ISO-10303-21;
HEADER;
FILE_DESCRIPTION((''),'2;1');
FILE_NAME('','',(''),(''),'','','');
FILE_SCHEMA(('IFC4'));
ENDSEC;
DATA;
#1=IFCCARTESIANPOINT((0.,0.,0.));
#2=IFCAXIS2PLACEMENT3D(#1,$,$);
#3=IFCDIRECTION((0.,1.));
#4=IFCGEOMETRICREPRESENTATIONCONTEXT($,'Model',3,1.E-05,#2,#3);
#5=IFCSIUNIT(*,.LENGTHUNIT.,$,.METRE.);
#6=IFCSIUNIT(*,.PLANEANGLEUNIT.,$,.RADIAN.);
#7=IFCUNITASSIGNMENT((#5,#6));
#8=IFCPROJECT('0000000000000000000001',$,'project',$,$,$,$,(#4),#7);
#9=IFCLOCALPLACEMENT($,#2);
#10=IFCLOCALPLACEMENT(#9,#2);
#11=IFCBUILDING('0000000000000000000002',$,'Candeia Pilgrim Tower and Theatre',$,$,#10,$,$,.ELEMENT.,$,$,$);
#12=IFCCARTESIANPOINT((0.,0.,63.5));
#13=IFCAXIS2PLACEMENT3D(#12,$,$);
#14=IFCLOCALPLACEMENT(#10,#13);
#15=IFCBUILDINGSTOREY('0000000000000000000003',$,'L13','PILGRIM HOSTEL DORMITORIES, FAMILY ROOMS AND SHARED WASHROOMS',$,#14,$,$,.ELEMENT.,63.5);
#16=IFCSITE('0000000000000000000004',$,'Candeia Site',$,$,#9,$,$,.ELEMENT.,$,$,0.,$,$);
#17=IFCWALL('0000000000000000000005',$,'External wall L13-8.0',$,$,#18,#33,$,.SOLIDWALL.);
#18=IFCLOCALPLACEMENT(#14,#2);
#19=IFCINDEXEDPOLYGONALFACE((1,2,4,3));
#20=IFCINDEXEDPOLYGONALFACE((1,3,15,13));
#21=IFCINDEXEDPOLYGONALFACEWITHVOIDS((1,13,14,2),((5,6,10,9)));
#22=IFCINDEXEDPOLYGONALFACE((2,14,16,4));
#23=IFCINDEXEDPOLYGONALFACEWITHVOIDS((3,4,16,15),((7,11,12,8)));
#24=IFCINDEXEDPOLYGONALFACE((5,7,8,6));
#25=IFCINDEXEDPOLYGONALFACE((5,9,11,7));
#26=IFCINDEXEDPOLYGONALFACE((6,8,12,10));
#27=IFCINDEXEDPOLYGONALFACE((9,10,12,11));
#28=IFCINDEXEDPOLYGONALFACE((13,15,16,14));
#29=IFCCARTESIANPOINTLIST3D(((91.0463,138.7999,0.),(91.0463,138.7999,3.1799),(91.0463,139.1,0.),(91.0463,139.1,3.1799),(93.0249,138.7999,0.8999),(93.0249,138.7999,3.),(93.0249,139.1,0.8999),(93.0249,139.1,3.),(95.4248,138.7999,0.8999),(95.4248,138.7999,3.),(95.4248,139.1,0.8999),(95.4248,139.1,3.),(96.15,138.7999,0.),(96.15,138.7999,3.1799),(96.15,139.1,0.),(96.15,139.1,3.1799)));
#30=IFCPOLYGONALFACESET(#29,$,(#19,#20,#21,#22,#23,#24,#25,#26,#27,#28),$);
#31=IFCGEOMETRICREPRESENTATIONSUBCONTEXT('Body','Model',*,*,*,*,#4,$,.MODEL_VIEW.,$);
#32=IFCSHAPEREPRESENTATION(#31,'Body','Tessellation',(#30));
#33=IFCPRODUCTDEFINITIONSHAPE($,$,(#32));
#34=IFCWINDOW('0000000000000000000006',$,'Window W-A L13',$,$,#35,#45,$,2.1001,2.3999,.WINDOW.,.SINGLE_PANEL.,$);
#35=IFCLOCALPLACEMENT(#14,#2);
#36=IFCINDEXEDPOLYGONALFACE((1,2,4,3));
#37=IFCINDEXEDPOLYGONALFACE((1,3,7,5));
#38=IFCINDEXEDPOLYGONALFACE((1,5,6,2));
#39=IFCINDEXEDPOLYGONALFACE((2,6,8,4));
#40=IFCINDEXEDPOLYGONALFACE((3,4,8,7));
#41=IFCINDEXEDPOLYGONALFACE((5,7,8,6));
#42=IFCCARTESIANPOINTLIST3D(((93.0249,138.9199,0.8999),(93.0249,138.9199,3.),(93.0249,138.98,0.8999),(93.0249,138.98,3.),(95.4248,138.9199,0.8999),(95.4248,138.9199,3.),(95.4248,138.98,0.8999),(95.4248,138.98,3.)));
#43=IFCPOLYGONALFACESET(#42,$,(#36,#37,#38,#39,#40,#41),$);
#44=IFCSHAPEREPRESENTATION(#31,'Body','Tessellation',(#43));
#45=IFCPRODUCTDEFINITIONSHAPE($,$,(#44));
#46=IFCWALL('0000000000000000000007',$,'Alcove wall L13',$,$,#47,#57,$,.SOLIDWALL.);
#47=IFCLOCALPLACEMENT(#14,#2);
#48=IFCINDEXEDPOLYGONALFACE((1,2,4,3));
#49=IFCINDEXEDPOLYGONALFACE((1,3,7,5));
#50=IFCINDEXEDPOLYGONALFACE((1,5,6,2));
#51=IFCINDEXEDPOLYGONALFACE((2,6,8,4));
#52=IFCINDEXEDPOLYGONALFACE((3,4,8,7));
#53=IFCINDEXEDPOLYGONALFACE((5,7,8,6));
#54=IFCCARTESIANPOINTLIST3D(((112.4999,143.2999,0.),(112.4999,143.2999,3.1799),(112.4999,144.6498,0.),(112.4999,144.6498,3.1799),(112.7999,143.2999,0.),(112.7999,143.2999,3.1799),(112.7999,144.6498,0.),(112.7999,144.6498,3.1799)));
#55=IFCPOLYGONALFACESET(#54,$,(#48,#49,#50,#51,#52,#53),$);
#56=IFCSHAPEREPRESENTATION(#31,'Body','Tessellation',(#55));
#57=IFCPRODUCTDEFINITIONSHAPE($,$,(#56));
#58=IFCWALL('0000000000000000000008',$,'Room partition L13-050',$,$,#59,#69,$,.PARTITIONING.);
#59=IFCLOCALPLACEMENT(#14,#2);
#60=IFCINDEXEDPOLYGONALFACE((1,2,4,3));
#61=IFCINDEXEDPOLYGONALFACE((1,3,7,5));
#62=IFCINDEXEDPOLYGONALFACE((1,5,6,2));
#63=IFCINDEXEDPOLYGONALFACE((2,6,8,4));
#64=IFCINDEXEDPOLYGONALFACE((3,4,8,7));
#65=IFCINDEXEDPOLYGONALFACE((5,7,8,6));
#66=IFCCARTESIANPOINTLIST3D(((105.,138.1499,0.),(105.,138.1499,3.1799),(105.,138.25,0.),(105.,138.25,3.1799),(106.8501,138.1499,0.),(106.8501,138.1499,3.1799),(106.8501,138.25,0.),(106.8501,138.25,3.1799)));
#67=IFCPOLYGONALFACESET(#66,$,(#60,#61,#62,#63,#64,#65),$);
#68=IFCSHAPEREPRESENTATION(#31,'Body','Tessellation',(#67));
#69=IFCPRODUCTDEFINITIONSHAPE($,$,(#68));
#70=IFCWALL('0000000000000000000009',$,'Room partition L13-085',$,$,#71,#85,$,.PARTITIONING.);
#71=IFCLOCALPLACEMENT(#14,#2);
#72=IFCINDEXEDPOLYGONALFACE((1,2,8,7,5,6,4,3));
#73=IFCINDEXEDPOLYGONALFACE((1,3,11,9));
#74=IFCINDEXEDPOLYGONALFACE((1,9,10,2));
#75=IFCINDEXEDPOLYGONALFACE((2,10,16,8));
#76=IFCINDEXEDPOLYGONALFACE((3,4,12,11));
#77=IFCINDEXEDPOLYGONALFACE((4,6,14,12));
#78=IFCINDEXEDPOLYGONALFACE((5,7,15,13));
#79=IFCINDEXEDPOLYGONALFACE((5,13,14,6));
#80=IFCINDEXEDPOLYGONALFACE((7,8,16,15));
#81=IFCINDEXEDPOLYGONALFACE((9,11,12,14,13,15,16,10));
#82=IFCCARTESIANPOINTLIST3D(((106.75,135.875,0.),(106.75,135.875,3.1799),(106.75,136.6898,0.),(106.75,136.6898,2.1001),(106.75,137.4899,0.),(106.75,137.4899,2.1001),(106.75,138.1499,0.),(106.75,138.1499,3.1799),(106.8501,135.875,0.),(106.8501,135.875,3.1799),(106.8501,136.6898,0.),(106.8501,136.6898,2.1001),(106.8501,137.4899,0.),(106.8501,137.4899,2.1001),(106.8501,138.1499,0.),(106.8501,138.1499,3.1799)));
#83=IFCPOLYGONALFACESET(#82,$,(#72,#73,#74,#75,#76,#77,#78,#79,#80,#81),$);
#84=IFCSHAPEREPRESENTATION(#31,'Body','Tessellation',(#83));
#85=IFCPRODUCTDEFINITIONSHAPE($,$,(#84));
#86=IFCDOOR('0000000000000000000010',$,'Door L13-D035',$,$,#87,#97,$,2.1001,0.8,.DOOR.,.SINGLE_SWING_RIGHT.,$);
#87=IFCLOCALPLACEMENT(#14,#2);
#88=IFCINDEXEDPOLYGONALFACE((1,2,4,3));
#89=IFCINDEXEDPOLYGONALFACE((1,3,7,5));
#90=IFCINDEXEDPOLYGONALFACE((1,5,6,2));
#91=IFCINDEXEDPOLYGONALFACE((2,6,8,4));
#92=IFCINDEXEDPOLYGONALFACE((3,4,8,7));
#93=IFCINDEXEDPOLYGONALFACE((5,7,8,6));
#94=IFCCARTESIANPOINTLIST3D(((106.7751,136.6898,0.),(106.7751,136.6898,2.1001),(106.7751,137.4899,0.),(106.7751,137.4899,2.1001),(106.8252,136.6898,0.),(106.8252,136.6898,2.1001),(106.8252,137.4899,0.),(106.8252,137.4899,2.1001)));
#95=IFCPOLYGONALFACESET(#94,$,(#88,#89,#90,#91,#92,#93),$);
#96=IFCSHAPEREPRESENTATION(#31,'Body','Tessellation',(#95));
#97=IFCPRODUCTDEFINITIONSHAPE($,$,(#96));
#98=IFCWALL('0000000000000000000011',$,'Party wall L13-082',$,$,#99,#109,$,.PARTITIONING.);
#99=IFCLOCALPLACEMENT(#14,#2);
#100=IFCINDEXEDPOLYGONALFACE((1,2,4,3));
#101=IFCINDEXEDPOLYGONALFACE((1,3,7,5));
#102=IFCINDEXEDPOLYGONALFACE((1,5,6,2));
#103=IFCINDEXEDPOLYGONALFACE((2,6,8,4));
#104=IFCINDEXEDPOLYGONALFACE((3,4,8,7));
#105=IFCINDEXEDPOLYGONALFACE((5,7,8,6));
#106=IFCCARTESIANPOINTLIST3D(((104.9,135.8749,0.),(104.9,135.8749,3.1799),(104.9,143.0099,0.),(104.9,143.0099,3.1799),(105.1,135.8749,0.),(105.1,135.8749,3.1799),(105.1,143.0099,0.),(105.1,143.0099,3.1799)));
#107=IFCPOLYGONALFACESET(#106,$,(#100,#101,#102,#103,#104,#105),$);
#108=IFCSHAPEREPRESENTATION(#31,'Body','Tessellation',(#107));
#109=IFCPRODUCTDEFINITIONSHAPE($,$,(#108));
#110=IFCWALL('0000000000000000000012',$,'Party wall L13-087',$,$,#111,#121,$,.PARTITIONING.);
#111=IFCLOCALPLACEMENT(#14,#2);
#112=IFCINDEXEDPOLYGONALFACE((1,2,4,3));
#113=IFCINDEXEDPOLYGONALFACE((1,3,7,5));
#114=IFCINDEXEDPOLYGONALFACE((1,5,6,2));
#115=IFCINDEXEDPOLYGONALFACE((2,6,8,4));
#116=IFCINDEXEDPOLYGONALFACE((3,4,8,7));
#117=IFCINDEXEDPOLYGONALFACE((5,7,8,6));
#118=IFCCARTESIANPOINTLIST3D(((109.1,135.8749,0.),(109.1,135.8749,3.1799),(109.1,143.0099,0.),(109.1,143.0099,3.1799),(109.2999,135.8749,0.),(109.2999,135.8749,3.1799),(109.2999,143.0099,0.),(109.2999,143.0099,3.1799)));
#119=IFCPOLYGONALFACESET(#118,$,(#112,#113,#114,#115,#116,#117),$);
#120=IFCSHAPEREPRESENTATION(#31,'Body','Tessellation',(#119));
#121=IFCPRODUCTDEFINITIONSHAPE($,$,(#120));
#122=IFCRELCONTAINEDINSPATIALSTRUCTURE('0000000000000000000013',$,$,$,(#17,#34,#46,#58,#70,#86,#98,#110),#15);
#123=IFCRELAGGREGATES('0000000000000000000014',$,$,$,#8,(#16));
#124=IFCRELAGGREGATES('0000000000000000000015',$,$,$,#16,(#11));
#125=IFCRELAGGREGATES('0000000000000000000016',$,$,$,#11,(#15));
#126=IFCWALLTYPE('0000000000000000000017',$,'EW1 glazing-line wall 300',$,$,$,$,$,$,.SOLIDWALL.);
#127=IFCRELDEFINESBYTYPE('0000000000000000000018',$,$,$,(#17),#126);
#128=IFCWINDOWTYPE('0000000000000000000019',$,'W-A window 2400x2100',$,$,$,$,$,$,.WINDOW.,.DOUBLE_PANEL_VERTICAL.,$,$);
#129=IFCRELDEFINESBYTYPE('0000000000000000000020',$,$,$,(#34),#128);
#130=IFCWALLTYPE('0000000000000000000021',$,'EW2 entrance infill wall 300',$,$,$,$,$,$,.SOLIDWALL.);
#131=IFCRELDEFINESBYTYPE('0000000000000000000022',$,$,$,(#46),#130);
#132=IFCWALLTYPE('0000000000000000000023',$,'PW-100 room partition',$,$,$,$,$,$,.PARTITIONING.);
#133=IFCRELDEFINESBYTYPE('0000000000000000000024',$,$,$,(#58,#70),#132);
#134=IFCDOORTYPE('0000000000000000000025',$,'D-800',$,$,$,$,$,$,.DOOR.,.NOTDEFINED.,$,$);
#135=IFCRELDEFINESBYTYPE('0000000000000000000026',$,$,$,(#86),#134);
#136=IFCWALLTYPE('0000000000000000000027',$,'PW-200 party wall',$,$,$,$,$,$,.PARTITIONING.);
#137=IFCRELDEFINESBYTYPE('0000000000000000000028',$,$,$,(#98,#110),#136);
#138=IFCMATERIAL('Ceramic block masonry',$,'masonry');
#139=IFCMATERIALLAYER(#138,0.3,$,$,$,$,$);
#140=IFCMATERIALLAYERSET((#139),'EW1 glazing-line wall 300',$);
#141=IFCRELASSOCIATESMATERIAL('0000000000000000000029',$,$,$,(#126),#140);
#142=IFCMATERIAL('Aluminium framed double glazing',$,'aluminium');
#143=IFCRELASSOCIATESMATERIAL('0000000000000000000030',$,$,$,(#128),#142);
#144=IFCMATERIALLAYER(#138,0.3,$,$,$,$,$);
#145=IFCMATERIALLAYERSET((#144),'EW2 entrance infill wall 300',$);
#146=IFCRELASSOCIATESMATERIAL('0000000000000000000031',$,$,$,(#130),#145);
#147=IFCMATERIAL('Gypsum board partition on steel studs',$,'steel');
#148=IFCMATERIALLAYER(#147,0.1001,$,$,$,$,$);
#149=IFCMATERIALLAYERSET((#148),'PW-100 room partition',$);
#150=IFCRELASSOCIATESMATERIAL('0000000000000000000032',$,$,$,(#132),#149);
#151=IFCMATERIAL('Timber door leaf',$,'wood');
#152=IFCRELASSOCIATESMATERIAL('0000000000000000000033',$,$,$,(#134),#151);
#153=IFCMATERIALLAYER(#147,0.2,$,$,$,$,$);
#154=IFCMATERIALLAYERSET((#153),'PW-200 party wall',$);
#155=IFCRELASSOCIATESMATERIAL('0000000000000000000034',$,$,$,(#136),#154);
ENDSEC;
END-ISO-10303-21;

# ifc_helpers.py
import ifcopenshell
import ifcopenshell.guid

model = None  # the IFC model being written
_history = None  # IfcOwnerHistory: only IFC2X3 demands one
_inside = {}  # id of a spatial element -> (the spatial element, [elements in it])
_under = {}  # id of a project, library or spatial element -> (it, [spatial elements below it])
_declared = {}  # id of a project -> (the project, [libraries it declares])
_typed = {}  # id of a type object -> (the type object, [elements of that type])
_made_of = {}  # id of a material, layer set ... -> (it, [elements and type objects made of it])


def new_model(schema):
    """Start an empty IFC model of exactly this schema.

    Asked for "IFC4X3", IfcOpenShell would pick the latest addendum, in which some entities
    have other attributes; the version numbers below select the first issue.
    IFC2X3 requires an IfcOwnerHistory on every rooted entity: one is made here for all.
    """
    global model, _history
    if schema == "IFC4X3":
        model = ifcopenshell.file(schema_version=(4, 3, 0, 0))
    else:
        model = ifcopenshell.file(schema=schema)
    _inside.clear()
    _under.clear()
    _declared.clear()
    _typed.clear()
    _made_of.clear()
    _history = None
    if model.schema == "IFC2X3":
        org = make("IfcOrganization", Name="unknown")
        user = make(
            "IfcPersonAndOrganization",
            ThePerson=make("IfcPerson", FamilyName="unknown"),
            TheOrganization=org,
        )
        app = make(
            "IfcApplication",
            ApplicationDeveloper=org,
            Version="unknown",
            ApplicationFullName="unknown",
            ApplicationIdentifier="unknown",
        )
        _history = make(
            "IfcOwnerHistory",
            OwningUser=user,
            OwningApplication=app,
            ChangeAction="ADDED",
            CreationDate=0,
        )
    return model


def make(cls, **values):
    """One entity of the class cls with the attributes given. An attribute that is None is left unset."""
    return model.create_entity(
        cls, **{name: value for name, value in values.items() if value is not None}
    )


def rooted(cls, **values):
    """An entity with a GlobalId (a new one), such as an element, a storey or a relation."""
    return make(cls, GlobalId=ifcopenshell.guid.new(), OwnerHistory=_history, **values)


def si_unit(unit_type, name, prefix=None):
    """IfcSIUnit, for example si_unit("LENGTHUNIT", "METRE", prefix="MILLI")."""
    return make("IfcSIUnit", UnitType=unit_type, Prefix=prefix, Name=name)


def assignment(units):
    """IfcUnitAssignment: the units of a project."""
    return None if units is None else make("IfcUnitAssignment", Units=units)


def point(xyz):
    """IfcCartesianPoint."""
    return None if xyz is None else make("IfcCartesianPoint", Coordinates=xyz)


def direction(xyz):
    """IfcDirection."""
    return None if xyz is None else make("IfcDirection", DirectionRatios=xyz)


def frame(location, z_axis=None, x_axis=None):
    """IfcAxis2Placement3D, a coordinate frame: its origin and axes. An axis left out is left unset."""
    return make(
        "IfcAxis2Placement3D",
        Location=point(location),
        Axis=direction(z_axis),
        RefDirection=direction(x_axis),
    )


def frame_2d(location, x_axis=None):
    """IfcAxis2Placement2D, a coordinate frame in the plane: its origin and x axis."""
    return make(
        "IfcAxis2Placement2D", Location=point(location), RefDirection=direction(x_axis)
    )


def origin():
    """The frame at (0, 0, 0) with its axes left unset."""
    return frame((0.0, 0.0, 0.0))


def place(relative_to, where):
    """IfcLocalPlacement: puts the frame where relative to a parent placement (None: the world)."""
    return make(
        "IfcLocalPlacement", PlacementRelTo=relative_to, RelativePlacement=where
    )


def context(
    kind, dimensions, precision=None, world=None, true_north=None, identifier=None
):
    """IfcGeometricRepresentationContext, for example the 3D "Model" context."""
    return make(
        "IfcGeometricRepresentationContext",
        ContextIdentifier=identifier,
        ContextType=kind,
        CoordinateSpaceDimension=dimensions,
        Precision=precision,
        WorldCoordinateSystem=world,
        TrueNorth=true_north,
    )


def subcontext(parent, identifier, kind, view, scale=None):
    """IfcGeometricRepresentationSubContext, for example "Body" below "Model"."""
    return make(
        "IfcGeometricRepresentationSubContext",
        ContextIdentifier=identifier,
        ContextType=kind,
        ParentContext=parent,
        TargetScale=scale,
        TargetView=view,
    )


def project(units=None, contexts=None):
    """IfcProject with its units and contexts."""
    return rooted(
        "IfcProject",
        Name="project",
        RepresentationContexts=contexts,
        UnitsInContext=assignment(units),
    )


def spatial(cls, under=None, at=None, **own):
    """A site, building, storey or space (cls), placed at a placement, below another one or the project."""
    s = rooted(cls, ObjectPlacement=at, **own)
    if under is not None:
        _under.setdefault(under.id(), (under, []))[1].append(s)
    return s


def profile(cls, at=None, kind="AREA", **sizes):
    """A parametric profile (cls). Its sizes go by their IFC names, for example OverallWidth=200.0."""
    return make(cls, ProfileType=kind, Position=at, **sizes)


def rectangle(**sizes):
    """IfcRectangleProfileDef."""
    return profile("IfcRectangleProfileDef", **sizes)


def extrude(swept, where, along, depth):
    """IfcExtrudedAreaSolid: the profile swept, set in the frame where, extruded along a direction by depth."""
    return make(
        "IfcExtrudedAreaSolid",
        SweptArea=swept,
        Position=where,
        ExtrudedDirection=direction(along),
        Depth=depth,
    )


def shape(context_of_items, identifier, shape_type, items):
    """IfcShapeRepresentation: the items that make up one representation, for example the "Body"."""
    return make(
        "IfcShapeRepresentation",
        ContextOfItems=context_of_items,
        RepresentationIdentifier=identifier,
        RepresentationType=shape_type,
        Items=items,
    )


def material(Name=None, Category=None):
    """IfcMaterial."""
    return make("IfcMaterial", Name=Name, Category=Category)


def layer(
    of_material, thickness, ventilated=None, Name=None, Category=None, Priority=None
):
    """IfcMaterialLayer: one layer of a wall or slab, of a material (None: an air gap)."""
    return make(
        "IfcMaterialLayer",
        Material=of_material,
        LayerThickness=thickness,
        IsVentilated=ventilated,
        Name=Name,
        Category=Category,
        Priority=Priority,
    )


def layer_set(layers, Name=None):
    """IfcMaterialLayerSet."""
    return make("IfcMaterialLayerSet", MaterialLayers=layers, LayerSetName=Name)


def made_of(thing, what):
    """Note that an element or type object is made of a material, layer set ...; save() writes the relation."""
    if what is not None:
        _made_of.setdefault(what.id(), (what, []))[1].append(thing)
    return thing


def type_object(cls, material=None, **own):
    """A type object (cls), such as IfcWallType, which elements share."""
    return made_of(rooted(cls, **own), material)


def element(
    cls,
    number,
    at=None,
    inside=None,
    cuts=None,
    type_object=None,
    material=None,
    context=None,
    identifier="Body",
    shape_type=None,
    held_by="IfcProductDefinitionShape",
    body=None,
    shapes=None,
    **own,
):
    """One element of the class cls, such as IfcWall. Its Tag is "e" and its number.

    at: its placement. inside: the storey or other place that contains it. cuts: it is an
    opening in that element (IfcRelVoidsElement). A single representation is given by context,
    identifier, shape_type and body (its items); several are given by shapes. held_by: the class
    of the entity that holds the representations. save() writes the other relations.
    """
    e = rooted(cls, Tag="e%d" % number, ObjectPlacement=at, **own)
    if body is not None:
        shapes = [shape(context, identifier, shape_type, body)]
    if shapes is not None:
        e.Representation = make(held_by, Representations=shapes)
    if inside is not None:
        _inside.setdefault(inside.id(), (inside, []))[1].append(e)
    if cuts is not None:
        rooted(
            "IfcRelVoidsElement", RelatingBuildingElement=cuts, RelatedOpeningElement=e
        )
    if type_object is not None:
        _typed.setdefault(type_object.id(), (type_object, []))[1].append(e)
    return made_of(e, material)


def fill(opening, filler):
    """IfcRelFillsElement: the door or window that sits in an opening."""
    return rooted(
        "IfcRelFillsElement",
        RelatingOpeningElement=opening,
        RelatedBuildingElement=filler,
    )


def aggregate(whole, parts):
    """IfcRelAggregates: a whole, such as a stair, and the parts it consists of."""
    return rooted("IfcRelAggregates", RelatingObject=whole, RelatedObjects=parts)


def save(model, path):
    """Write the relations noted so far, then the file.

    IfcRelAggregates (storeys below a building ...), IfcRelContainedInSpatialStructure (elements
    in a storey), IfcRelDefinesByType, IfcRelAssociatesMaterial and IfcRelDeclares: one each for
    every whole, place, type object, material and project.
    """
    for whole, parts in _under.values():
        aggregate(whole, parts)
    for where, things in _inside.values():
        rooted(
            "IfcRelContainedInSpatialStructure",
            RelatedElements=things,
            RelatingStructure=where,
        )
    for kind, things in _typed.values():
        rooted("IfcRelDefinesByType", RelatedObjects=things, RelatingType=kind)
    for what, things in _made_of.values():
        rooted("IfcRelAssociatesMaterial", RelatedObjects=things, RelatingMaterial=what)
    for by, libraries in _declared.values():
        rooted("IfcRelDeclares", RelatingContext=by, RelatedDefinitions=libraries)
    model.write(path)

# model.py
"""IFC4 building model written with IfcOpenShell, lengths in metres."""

from ifc_helpers import new_model, si_unit, direction, frame, frame_2d, origin, place, context, subcontext, project, spatial, rectangle, extrude, material, layer, layer_set, type_object, element, fill, save


model = new_model("IFC4")

# Units and contexts
model_context = context("Model", 3, precision=1e-05, world=origin(), true_north=direction((0.0, 1.0)))
body_context = subcontext(model_context, "Body", "Model", "MODEL_VIEW")
ifc_project = project(units=[si_unit("LENGTHUNIT", "METRE"), si_unit("PLANEANGLEUNIT", "RADIAN")], contexts=[model_context])

# Site, building, storey
site_placement = place(None, origin())
site = spatial("IfcSite", under=ifc_project, at=site_placement, Name="Candeia Site", CompositionType="ELEMENT", RefElevation=0.0)
building_placement = place(site_placement, origin())
building = spatial("IfcBuilding", under=site, at=building_placement, Name="Candeia Pilgrim Tower and Theatre", CompositionType="ELEMENT")
storey_placement = place(building_placement, frame((0.0, 0.0, 63.5)))
storey = spatial("IfcBuildingStorey", under=building, at=storey_placement, Name="L13", Description="PILGRIM HOSTEL DORMITORIES, FAMILY ROOMS AND SHARED WASHROOMS", CompositionType="ELEMENT", Elevation=63.5)

# Shared definitions
ifc_material_1 = material(Name="Ceramic block masonry", Category="masonry")
ifc_layer_1 = layer(ifc_material_1, 0.3)
ifc_layer_set_1 = layer_set([ifc_layer_1], Name="EW1 glazing-line wall 300")
wall_type_1 = type_object("IfcWallType", Name="EW1 glazing-line wall 300", PredefinedType="SOLIDWALL", material=ifc_layer_set_1)
ifc_material_2 = material(Name="Aluminium framed double glazing", Category="aluminium")
window_type_1 = type_object("IfcWindowType", Name="W-A window 2400x2100", PartitioningType="DOUBLE_PANEL_VERTICAL", PredefinedType="WINDOW", material=ifc_material_2)

# Wall, opening, window
wall_1_placement = place(storey_placement, frame((96.1499, 138.95, 0.0), z_axis=(0.0, 0.0, 1.0), x_axis=(-1.0, 0.0, 0.0)))
wall_1 = element("IfcWall", 1, at=wall_1_placement, inside=storey, type_object=wall_type_1, Name="External wall L13-8.0", PredefinedType="SOLIDWALL", context=body_context, shape_type="SweptSolid", body=[
    extrude(rectangle(XDim=5.1038, YDim=0.3, at=frame_2d((2.5518, 0.0))), origin(), (0.0, 0.0, 1.0), 3.1799),
])
opening_1_placement = place(wall_1_placement, frame((0.7251, 0.0, 0.8999)))
opening_1 = element("IfcOpeningElement", 2, at=opening_1_placement, cuts=wall_1, PredefinedType="OPENING", context=body_context, shape_type="SweptSolid", body=[
    extrude(rectangle(XDim=2.3999, YDim=2.1001, at=frame_2d((1.2, 1.05))), frame((0.0, 0.1602, 0.0), z_axis=(0.0, -1.0, 0.0), x_axis=(1.0, 0.0, 0.0)), (0.0, 0.0, 1.0), 0.3201),
])
window_1_placement = place(opening_1_placement, origin())
window_1 = element("IfcWindow", 3, at=window_1_placement, inside=storey, type_object=window_type_1, Name="Window W-A L13", OverallHeight=2.1001, OverallWidth=2.3999, PartitioningType="SINGLE_PANEL", PredefinedType="WINDOW", context=body_context, shape_type="SweptSolid", body=[
    extrude(rectangle(XDim=2.3999, YDim=2.1001, at=frame_2d((1.2, 1.05))), frame((0.0, 0.03, 0.0), z_axis=(0.0, -1.0, 0.0), x_axis=(1.0, 0.0, 0.0)), (0.0, 0.0, 1.0), 0.0601),
])
fill(opening_1, window_1)

# Walls
ifc_layer_2 = layer(ifc_material_1, 0.3)
ifc_layer_set_2 = layer_set([ifc_layer_2], Name="EW2 entrance infill wall 300")
wall_type_2 = type_object("IfcWallType", Name="EW2 entrance infill wall 300", PredefinedType="SOLIDWALL", material=ifc_layer_set_2)
wall_2_placement = place(storey_placement, frame((112.6499, 143.3, 0.0), z_axis=(0.0, 0.0, 1.0), x_axis=(0.0, 1.0, 0.0)))
element("IfcWall", 4, at=wall_2_placement, inside=storey, type_object=wall_type_2, Name="Alcove wall L13", PredefinedType="SOLIDWALL", context=body_context, shape_type="SweptSolid", body=[
    extrude(rectangle(XDim=1.3499, YDim=0.3, at=frame_2d((0.6748, 0.0))), origin(), (0.0, 0.0, 1.0), 3.1799),
])
ifc_material_3 = material(Name="Gypsum board partition on steel studs", Category="steel")
ifc_layer_3 = layer(ifc_material_3, 0.1001)
ifc_layer_set_3 = layer_set([ifc_layer_3], Name="PW-100 room partition")
wall_type_3 = type_object("IfcWallType", Name="PW-100 room partition", PredefinedType="PARTITIONING", material=ifc_layer_set_3)
wall_3_placement = place(storey_placement, frame((105.0, 138.2, 0.0), z_axis=(0.0, 0.0, 1.0), x_axis=(1.0, 0.0, 0.0)))
element("IfcWall", 5, at=wall_3_placement, inside=storey, type_object=wall_type_3, Name="Room partition L13-050", PredefinedType="PARTITIONING", context=body_context, shape_type="SweptSolid", body=[
    extrude(rectangle(XDim=1.8501, YDim=0.1001, at=frame_2d((0.925, 0.0))), origin(), (0.0, 0.0, 1.0), 3.1799),
])

# Wall, opening, door
wall_4_placement = place(storey_placement, frame((106.8, 135.875, 0.0), z_axis=(0.0, 0.0, 1.0), x_axis=(0.0, 1.0, 0.0)))
wall_4 = element("IfcWall", 6, at=wall_4_placement, inside=storey, type_object=wall_type_3, Name="Room partition L13-085", PredefinedType="PARTITIONING", context=body_context, shape_type="SweptSolid", body=[
    extrude(rectangle(XDim=2.2749, YDim=0.1001, at=frame_2d((1.1375, 0.0))), origin(), (0.0, 0.0, 1.0), 3.1799),
])
opening_2_placement = place(wall_4_placement, frame((0.8149, 0.0, 0.0)))
opening_2 = element("IfcOpeningElement", 7, at=opening_2_placement, cuts=wall_4, PredefinedType="OPENING", context=body_context, shape_type="SweptSolid", body=[
    extrude(rectangle(XDim=0.8, YDim=2.1001, at=frame_2d((0.3999, 1.05))), frame((0.0, 0.0601, 0.0), z_axis=(0.0, -1.0, 0.0), x_axis=(1.0, 0.0, 0.0)), (0.0, 0.0, 1.0), 0.1201),
])
ifc_material_4 = material(Name="Timber door leaf", Category="wood")
door_type_1 = type_object("IfcDoorType", Name="D-800", OperationType="NOTDEFINED", PredefinedType="DOOR", material=ifc_material_4)
door_1_placement = place(opening_2_placement, origin())
door_1 = element("IfcDoor", 8, at=door_1_placement, inside=storey, type_object=door_type_1, Name="Door L13-D035", OperationType="SINGLE_SWING_RIGHT", OverallHeight=2.1001, OverallWidth=0.8, PredefinedType="DOOR", context=body_context, shape_type="SweptSolid", body=[
    extrude(rectangle(XDim=0.8, YDim=2.1001, at=frame_2d((0.3999, 1.05))), frame((0.0, 0.0249, 0.0), z_axis=(0.0, -1.0, 0.0), x_axis=(1.0, 0.0, 0.0)), (0.0, 0.0, 1.0), 0.05),
])
fill(opening_2, door_1)

# Walls
ifc_layer_4 = layer(ifc_material_3, 0.2)
ifc_layer_set_4 = layer_set([ifc_layer_4], Name="PW-200 party wall")
wall_type_4 = type_object("IfcWallType", Name="PW-200 party wall", PredefinedType="PARTITIONING", material=ifc_layer_set_4)
for number, where, z_axis, x_axis, name in (
    (9, (105.0, 135.875, 0.0), (0.0, 0.0, 1.0), (0.0, 1.0, 0.0), "Party wall L13-082"),
    (10, (109.2, 135.875, 0.0), (0.0, 0.0, 1.0), (0.0, 1.0, 0.0), "Party wall L13-087"),
):
    element("IfcWall", number, at=place(storey_placement, frame(where, z_axis=z_axis, x_axis=x_axis)), inside=storey, type_object=wall_type_4, Name=name, PredefinedType="PARTITIONING", context=body_context, shape_type="SweptSolid", body=[
        extrude(rectangle(XDim=7.135, YDim=0.2, at=frame_2d((3.5674, 0.0))), origin(), (0.0, 0.0, 1.0), 3.1799),
    ])

save(model, "model.ifc")
